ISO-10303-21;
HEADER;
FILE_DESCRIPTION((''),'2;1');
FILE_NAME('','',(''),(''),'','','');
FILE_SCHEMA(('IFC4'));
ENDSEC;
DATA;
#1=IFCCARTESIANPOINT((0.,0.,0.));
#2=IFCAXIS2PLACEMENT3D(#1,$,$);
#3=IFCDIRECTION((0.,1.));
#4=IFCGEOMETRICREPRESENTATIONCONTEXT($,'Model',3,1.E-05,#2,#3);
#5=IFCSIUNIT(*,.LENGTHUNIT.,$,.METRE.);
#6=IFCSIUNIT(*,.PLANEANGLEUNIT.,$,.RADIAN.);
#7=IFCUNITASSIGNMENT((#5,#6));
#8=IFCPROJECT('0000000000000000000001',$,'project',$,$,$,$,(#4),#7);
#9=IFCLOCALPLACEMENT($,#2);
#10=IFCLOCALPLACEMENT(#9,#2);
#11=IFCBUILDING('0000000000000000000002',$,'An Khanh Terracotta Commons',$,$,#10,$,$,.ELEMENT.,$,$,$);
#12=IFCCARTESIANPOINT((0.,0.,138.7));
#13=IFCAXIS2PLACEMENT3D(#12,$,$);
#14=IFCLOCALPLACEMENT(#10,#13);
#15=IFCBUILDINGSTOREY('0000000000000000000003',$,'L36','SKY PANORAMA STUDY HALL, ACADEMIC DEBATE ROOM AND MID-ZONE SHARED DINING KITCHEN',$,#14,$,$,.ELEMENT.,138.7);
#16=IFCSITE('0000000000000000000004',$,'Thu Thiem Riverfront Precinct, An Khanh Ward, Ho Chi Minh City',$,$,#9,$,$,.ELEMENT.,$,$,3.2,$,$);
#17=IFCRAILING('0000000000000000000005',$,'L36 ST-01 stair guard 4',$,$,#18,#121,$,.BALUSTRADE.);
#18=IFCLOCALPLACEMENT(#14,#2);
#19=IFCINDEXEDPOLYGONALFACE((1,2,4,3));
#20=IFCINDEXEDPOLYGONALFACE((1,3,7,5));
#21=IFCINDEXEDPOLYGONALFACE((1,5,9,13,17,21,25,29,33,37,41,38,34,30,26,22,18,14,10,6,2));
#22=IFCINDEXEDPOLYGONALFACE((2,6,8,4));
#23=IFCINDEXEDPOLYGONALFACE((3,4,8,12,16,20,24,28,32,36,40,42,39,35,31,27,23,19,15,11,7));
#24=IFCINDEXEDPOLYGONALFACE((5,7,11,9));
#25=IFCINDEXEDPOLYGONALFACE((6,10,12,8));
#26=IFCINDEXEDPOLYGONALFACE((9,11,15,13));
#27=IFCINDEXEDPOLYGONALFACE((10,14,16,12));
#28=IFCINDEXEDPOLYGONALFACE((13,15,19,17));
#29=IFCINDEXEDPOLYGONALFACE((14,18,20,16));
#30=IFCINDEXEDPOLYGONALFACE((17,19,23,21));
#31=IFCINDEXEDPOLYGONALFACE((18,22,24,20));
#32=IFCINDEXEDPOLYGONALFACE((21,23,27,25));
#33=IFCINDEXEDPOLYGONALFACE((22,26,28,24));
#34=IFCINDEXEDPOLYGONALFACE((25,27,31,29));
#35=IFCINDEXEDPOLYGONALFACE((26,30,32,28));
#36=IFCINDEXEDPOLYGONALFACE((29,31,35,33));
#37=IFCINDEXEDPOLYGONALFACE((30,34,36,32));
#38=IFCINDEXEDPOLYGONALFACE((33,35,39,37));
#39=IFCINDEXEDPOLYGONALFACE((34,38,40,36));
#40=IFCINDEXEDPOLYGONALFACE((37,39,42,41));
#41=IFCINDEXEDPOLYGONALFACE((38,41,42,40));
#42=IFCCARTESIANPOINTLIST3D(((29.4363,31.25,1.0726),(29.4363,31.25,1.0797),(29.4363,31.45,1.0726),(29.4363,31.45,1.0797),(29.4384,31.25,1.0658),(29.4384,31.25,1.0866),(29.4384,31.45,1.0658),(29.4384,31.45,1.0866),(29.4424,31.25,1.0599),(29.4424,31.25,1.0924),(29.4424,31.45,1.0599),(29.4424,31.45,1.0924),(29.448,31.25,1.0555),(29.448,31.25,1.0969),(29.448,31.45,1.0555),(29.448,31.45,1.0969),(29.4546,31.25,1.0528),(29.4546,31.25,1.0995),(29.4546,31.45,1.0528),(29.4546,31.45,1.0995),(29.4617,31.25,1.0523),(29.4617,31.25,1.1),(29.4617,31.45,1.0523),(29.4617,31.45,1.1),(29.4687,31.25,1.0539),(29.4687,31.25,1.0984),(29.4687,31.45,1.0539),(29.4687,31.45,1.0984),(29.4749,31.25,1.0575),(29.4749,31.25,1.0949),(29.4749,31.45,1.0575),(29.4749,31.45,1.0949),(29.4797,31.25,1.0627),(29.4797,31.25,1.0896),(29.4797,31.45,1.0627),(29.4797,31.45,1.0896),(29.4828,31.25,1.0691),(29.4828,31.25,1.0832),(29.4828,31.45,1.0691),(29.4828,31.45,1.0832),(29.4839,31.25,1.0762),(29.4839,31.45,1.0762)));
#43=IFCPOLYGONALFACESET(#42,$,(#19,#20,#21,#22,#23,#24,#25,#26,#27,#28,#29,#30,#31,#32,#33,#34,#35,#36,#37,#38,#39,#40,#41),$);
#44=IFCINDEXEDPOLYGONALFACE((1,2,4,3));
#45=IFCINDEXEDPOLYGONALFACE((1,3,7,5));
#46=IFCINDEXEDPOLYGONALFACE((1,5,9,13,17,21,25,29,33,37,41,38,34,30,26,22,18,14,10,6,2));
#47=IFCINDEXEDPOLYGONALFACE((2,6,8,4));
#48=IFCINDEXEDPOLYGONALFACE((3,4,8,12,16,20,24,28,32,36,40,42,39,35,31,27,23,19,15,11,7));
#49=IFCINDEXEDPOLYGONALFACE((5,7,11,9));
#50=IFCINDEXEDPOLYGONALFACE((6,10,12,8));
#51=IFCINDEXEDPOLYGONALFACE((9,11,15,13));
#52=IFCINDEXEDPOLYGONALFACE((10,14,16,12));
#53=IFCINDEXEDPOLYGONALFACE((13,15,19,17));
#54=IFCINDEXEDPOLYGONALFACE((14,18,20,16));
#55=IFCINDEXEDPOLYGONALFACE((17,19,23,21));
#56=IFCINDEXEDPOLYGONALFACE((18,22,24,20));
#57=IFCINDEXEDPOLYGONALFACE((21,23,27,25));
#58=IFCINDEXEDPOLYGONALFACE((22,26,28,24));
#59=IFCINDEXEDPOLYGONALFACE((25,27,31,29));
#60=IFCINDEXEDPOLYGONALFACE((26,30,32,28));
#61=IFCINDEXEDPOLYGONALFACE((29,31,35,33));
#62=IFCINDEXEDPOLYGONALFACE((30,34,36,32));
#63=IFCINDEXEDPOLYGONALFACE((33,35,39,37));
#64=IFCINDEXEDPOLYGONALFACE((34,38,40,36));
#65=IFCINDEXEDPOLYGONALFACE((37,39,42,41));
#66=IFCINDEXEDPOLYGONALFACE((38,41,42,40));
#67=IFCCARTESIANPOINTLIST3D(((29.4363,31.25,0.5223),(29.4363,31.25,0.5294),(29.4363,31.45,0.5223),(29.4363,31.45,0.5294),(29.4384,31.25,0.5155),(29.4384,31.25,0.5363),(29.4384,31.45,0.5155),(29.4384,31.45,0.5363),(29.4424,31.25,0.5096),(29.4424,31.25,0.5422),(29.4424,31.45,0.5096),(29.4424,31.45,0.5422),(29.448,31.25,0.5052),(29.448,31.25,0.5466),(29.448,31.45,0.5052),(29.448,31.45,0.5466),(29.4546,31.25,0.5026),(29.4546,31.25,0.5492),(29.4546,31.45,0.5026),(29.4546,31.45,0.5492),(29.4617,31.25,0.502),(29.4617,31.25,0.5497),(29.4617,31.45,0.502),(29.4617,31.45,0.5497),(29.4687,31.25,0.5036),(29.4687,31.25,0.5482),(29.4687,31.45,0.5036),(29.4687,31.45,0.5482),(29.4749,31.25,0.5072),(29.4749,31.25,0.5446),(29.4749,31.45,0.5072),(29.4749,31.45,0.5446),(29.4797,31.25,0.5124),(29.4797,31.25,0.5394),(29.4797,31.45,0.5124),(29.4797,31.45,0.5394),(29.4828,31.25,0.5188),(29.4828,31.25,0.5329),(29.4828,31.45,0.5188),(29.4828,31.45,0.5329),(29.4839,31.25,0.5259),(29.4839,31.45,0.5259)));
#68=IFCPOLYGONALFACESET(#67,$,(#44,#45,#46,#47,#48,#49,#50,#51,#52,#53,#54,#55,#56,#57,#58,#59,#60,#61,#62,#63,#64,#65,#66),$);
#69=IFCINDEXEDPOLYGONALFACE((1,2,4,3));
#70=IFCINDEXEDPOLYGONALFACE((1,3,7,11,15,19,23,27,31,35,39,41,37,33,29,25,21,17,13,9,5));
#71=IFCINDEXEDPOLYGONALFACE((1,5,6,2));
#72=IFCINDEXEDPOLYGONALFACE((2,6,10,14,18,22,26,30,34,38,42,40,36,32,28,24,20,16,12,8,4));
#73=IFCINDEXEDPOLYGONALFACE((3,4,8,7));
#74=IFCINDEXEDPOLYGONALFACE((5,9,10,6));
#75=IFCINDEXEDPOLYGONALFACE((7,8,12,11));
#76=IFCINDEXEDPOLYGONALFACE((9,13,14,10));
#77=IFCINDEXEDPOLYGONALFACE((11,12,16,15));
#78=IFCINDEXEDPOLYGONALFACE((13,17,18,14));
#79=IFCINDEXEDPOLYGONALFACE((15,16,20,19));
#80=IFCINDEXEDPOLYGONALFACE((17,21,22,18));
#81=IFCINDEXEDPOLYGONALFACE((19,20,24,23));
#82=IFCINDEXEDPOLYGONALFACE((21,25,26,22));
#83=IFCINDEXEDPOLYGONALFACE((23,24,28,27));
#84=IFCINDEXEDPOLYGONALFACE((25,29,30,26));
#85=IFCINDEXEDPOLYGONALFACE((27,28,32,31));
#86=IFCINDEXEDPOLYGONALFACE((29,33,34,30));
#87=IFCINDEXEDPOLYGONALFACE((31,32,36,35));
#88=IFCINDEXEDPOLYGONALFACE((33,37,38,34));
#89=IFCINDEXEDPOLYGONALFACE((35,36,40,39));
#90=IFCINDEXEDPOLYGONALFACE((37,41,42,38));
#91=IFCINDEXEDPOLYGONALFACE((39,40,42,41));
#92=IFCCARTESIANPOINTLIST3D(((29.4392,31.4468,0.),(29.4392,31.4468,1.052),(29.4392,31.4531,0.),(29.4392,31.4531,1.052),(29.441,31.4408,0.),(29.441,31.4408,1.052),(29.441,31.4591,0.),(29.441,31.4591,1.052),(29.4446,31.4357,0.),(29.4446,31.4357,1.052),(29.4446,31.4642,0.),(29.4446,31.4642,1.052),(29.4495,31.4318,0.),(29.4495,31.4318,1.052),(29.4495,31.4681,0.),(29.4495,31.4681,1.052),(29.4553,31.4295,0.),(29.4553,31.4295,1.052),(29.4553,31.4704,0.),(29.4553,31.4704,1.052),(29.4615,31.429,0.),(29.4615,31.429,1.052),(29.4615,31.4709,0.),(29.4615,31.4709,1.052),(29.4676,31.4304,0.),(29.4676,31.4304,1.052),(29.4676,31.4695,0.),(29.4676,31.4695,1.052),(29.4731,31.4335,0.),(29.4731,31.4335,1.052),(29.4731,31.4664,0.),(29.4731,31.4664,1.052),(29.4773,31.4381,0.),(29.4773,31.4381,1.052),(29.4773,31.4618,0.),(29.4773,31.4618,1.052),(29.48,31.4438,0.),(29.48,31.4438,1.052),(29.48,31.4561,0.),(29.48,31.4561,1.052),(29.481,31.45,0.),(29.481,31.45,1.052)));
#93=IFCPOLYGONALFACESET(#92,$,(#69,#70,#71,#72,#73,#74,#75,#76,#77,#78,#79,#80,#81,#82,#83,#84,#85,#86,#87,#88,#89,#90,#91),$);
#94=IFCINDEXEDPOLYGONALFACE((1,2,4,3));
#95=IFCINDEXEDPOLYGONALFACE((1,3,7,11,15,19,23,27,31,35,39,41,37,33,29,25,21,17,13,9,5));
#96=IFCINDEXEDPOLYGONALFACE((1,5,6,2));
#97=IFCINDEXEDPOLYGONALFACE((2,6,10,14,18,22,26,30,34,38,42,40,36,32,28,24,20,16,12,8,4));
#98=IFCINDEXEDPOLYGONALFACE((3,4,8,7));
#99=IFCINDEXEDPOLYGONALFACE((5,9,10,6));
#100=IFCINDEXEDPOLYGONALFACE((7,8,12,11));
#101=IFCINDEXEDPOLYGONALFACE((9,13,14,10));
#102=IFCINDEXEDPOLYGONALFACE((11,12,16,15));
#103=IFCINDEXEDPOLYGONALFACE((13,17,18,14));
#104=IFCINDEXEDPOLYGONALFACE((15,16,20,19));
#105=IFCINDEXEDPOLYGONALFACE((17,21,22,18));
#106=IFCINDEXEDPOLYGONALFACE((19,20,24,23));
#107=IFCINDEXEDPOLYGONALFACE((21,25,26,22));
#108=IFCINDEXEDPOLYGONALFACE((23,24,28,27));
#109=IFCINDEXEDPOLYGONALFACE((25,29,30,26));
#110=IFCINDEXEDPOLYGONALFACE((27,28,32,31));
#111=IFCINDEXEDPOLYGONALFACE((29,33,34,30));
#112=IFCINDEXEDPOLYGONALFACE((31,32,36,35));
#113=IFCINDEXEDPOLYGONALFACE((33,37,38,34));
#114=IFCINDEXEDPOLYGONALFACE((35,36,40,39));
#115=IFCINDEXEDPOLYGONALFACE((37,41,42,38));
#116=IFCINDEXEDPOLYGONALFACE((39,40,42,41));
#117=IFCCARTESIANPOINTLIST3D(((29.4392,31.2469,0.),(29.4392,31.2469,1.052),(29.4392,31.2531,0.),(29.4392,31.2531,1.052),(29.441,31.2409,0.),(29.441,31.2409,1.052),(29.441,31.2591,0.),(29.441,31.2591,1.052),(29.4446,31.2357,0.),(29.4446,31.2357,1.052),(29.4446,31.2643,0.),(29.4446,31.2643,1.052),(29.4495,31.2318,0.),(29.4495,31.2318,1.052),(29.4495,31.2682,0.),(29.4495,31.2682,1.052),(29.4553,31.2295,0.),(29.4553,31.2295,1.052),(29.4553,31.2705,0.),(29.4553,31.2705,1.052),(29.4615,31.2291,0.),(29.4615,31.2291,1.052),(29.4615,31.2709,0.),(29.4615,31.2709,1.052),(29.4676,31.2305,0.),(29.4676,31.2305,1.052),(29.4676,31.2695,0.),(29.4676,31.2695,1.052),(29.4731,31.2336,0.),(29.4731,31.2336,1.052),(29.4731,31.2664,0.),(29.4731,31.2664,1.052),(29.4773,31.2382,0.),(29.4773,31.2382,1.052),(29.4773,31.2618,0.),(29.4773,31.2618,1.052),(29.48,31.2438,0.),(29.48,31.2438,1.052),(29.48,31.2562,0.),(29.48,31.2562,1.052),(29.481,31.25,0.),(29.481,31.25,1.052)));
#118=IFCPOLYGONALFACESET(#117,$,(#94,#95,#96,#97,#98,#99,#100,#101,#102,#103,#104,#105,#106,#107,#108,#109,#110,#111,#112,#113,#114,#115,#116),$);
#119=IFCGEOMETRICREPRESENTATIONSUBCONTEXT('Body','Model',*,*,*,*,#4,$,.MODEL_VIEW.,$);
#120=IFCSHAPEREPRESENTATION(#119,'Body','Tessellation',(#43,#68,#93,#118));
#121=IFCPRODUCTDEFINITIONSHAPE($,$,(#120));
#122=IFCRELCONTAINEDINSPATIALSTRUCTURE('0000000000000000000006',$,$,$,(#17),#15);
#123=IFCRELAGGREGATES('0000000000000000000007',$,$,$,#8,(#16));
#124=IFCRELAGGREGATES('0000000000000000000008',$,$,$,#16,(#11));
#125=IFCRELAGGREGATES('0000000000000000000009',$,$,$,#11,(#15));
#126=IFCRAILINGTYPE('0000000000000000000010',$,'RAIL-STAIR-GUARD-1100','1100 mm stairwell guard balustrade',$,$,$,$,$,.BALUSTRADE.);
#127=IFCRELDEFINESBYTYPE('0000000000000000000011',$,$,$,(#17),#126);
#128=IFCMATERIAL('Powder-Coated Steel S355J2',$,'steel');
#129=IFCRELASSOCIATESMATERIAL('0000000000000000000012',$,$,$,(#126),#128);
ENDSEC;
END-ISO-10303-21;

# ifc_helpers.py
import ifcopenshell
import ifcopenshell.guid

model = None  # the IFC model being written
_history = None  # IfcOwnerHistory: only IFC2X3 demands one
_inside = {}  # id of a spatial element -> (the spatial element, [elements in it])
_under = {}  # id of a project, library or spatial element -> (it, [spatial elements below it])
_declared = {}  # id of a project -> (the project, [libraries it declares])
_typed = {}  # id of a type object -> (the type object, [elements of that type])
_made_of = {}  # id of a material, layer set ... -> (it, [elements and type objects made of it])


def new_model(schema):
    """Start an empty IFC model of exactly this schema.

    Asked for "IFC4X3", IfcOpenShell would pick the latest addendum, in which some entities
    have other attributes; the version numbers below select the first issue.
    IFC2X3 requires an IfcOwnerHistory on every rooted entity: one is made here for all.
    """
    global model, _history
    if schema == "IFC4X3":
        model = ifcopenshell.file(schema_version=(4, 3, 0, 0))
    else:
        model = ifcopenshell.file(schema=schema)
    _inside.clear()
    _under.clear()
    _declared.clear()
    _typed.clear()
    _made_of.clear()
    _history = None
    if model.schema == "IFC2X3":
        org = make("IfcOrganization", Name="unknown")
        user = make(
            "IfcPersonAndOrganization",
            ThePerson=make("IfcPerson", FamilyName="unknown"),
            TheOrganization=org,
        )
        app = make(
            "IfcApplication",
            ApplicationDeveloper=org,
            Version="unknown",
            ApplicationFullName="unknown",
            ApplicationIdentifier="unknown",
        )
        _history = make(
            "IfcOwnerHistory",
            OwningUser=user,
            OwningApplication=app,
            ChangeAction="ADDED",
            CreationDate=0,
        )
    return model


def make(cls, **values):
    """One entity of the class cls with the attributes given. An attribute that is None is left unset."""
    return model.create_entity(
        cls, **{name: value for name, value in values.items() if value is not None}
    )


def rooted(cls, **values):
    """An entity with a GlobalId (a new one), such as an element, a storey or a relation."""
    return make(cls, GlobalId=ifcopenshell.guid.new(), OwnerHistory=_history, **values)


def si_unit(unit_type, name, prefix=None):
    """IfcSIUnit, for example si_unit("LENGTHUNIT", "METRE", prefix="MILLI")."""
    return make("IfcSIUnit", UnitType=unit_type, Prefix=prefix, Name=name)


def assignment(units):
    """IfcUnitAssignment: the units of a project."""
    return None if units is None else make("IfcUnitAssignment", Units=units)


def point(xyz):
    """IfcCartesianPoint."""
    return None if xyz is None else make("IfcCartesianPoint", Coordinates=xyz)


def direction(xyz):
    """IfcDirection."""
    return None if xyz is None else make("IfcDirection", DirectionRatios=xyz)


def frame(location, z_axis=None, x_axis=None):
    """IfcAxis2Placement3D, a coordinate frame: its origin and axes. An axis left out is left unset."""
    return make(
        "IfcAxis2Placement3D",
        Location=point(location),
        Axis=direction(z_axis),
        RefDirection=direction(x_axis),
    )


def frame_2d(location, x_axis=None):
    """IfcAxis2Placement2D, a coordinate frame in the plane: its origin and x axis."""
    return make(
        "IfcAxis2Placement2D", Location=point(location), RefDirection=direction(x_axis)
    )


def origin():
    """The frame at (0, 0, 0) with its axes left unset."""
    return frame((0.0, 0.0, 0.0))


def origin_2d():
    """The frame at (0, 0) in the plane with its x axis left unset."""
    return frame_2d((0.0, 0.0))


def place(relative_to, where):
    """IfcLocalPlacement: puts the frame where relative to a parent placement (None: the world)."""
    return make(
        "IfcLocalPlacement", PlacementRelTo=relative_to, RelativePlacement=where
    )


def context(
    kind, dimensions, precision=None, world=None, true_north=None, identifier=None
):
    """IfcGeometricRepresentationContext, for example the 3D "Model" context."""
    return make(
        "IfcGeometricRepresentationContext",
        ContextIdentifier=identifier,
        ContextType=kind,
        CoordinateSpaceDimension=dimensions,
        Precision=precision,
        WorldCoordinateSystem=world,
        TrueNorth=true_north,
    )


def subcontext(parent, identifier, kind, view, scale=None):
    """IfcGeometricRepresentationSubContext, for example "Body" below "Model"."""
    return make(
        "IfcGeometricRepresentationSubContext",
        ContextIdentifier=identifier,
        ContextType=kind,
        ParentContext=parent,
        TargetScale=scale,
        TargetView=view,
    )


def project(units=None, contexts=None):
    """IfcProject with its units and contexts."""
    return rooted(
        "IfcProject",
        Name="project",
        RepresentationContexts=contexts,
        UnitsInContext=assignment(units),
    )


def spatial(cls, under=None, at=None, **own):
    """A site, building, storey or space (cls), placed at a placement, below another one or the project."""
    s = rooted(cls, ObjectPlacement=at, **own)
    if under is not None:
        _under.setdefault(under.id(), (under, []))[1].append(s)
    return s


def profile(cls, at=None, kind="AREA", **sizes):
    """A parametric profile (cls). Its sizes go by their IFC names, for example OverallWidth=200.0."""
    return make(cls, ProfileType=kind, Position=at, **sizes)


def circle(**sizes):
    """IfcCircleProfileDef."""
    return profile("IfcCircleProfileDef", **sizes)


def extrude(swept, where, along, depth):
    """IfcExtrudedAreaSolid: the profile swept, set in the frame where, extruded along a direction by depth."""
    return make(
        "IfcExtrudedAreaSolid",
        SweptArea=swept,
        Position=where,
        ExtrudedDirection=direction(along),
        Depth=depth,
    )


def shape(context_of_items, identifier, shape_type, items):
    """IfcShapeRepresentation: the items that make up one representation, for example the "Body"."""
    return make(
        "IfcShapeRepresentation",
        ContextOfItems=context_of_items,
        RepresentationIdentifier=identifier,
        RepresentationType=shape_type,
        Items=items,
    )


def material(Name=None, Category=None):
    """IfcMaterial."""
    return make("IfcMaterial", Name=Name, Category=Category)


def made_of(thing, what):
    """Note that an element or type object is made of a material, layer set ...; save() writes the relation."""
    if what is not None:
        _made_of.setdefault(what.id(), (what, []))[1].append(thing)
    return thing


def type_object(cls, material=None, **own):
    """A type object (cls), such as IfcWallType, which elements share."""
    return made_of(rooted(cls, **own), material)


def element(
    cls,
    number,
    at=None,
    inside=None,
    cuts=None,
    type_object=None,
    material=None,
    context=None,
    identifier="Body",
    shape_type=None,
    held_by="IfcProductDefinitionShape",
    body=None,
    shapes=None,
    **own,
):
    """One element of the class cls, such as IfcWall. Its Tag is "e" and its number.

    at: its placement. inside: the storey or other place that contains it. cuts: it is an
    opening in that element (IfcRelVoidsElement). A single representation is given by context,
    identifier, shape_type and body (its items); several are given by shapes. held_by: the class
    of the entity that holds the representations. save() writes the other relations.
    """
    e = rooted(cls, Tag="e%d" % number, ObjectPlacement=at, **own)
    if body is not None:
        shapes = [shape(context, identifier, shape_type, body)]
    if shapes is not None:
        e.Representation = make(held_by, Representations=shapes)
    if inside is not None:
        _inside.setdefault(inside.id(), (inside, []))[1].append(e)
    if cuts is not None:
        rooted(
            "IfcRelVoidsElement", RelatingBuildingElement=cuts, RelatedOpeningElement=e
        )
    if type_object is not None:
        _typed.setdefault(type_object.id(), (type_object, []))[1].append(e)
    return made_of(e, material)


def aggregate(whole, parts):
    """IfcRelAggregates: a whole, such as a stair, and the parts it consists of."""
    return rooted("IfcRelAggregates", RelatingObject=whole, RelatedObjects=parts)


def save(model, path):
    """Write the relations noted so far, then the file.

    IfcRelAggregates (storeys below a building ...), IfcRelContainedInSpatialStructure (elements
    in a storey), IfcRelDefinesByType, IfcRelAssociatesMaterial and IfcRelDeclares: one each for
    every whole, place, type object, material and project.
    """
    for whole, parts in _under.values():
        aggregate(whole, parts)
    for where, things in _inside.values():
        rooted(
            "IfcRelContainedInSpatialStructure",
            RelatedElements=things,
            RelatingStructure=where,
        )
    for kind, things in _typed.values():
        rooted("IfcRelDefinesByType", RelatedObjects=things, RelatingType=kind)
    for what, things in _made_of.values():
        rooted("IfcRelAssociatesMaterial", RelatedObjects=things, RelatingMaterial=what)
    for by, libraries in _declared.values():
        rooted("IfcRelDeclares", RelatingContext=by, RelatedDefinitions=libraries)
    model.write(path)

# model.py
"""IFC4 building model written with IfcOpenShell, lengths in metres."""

from ifc_helpers import new_model, si_unit, direction, frame, origin, origin_2d, place, context, subcontext, project, spatial, circle, extrude, material, type_object, element, save


model = new_model("IFC4")

# Units and contexts
model_context = context("Model", 3, precision=1e-05, world=origin(), true_north=direction((0.0, 1.0)))
body_context = subcontext(model_context, "Body", "Model", "MODEL_VIEW")
ifc_project = project(units=[si_unit("LENGTHUNIT", "METRE"), si_unit("PLANEANGLEUNIT", "RADIAN")], contexts=[model_context])

# Site, building, storey
site_placement = place(None, origin())
site = spatial("IfcSite", under=ifc_project, at=site_placement, Name="Thu Thiem Riverfront Precinct, An Khanh Ward, Ho Chi Minh City", CompositionType="ELEMENT", RefElevation=3.2)
building_placement = place(site_placement, origin())
building = spatial("IfcBuilding", under=site, at=building_placement, Name="An Khanh Terracotta Commons", CompositionType="ELEMENT")
storey_placement = place(building_placement, frame((0.0, 0.0, 138.7)))
storey = spatial("IfcBuildingStorey", under=building, at=storey_placement, Name="L36", Description="SKY PANORAMA STUDY HALL, ACADEMIC DEBATE ROOM AND MID-ZONE SHARED DINING KITCHEN", CompositionType="ELEMENT", Elevation=138.7)

# Railing
ifc_material_1 = material(Name="Powder-Coated Steel S355J2", Category="steel")
railing_type_1 = type_object("IfcRailingType", Name="RAIL-STAIR-GUARD-1100", Description="1100 mm stairwell guard balustrade", PredefinedType="BALUSTRADE", material=ifc_material_1)
railing_1_placement = place(storey_placement, frame((29.46, 31.45, 0.0)))
element("IfcRailing", 1, at=railing_1_placement, inside=storey, type_object=railing_type_1, Name="L36 ST-01 stair guard 4", PredefinedType="BALUSTRADE", context=body_context, shape_type="SweptSolid", body=[
    extrude(circle(Radius=0.0239, at=origin_2d()), frame((0.0, 0.0, 1.0762), z_axis=(0.0, -1.0, 0.0), x_axis=(1.0, 0.0, 0.0)), (0.0, 0.0, 1.0), 0.2),
    extrude(circle(Radius=0.0239, at=origin_2d()), frame((0.0, 0.0, 0.5259), z_axis=(0.0, -1.0, 0.0), x_axis=(1.0, 0.0, 0.0)), (0.0, 0.0, 1.0), 0.2),
    extrude(circle(Radius=0.021, at=origin_2d()), origin(), (0.0, 0.0, 1.0), 1.052),
    extrude(circle(Radius=0.021, at=origin_2d()), frame((0.0, -0.2, 0.0)), (0.0, 0.0, 1.0), 1.052),
])

save(model, "model.ifc")
